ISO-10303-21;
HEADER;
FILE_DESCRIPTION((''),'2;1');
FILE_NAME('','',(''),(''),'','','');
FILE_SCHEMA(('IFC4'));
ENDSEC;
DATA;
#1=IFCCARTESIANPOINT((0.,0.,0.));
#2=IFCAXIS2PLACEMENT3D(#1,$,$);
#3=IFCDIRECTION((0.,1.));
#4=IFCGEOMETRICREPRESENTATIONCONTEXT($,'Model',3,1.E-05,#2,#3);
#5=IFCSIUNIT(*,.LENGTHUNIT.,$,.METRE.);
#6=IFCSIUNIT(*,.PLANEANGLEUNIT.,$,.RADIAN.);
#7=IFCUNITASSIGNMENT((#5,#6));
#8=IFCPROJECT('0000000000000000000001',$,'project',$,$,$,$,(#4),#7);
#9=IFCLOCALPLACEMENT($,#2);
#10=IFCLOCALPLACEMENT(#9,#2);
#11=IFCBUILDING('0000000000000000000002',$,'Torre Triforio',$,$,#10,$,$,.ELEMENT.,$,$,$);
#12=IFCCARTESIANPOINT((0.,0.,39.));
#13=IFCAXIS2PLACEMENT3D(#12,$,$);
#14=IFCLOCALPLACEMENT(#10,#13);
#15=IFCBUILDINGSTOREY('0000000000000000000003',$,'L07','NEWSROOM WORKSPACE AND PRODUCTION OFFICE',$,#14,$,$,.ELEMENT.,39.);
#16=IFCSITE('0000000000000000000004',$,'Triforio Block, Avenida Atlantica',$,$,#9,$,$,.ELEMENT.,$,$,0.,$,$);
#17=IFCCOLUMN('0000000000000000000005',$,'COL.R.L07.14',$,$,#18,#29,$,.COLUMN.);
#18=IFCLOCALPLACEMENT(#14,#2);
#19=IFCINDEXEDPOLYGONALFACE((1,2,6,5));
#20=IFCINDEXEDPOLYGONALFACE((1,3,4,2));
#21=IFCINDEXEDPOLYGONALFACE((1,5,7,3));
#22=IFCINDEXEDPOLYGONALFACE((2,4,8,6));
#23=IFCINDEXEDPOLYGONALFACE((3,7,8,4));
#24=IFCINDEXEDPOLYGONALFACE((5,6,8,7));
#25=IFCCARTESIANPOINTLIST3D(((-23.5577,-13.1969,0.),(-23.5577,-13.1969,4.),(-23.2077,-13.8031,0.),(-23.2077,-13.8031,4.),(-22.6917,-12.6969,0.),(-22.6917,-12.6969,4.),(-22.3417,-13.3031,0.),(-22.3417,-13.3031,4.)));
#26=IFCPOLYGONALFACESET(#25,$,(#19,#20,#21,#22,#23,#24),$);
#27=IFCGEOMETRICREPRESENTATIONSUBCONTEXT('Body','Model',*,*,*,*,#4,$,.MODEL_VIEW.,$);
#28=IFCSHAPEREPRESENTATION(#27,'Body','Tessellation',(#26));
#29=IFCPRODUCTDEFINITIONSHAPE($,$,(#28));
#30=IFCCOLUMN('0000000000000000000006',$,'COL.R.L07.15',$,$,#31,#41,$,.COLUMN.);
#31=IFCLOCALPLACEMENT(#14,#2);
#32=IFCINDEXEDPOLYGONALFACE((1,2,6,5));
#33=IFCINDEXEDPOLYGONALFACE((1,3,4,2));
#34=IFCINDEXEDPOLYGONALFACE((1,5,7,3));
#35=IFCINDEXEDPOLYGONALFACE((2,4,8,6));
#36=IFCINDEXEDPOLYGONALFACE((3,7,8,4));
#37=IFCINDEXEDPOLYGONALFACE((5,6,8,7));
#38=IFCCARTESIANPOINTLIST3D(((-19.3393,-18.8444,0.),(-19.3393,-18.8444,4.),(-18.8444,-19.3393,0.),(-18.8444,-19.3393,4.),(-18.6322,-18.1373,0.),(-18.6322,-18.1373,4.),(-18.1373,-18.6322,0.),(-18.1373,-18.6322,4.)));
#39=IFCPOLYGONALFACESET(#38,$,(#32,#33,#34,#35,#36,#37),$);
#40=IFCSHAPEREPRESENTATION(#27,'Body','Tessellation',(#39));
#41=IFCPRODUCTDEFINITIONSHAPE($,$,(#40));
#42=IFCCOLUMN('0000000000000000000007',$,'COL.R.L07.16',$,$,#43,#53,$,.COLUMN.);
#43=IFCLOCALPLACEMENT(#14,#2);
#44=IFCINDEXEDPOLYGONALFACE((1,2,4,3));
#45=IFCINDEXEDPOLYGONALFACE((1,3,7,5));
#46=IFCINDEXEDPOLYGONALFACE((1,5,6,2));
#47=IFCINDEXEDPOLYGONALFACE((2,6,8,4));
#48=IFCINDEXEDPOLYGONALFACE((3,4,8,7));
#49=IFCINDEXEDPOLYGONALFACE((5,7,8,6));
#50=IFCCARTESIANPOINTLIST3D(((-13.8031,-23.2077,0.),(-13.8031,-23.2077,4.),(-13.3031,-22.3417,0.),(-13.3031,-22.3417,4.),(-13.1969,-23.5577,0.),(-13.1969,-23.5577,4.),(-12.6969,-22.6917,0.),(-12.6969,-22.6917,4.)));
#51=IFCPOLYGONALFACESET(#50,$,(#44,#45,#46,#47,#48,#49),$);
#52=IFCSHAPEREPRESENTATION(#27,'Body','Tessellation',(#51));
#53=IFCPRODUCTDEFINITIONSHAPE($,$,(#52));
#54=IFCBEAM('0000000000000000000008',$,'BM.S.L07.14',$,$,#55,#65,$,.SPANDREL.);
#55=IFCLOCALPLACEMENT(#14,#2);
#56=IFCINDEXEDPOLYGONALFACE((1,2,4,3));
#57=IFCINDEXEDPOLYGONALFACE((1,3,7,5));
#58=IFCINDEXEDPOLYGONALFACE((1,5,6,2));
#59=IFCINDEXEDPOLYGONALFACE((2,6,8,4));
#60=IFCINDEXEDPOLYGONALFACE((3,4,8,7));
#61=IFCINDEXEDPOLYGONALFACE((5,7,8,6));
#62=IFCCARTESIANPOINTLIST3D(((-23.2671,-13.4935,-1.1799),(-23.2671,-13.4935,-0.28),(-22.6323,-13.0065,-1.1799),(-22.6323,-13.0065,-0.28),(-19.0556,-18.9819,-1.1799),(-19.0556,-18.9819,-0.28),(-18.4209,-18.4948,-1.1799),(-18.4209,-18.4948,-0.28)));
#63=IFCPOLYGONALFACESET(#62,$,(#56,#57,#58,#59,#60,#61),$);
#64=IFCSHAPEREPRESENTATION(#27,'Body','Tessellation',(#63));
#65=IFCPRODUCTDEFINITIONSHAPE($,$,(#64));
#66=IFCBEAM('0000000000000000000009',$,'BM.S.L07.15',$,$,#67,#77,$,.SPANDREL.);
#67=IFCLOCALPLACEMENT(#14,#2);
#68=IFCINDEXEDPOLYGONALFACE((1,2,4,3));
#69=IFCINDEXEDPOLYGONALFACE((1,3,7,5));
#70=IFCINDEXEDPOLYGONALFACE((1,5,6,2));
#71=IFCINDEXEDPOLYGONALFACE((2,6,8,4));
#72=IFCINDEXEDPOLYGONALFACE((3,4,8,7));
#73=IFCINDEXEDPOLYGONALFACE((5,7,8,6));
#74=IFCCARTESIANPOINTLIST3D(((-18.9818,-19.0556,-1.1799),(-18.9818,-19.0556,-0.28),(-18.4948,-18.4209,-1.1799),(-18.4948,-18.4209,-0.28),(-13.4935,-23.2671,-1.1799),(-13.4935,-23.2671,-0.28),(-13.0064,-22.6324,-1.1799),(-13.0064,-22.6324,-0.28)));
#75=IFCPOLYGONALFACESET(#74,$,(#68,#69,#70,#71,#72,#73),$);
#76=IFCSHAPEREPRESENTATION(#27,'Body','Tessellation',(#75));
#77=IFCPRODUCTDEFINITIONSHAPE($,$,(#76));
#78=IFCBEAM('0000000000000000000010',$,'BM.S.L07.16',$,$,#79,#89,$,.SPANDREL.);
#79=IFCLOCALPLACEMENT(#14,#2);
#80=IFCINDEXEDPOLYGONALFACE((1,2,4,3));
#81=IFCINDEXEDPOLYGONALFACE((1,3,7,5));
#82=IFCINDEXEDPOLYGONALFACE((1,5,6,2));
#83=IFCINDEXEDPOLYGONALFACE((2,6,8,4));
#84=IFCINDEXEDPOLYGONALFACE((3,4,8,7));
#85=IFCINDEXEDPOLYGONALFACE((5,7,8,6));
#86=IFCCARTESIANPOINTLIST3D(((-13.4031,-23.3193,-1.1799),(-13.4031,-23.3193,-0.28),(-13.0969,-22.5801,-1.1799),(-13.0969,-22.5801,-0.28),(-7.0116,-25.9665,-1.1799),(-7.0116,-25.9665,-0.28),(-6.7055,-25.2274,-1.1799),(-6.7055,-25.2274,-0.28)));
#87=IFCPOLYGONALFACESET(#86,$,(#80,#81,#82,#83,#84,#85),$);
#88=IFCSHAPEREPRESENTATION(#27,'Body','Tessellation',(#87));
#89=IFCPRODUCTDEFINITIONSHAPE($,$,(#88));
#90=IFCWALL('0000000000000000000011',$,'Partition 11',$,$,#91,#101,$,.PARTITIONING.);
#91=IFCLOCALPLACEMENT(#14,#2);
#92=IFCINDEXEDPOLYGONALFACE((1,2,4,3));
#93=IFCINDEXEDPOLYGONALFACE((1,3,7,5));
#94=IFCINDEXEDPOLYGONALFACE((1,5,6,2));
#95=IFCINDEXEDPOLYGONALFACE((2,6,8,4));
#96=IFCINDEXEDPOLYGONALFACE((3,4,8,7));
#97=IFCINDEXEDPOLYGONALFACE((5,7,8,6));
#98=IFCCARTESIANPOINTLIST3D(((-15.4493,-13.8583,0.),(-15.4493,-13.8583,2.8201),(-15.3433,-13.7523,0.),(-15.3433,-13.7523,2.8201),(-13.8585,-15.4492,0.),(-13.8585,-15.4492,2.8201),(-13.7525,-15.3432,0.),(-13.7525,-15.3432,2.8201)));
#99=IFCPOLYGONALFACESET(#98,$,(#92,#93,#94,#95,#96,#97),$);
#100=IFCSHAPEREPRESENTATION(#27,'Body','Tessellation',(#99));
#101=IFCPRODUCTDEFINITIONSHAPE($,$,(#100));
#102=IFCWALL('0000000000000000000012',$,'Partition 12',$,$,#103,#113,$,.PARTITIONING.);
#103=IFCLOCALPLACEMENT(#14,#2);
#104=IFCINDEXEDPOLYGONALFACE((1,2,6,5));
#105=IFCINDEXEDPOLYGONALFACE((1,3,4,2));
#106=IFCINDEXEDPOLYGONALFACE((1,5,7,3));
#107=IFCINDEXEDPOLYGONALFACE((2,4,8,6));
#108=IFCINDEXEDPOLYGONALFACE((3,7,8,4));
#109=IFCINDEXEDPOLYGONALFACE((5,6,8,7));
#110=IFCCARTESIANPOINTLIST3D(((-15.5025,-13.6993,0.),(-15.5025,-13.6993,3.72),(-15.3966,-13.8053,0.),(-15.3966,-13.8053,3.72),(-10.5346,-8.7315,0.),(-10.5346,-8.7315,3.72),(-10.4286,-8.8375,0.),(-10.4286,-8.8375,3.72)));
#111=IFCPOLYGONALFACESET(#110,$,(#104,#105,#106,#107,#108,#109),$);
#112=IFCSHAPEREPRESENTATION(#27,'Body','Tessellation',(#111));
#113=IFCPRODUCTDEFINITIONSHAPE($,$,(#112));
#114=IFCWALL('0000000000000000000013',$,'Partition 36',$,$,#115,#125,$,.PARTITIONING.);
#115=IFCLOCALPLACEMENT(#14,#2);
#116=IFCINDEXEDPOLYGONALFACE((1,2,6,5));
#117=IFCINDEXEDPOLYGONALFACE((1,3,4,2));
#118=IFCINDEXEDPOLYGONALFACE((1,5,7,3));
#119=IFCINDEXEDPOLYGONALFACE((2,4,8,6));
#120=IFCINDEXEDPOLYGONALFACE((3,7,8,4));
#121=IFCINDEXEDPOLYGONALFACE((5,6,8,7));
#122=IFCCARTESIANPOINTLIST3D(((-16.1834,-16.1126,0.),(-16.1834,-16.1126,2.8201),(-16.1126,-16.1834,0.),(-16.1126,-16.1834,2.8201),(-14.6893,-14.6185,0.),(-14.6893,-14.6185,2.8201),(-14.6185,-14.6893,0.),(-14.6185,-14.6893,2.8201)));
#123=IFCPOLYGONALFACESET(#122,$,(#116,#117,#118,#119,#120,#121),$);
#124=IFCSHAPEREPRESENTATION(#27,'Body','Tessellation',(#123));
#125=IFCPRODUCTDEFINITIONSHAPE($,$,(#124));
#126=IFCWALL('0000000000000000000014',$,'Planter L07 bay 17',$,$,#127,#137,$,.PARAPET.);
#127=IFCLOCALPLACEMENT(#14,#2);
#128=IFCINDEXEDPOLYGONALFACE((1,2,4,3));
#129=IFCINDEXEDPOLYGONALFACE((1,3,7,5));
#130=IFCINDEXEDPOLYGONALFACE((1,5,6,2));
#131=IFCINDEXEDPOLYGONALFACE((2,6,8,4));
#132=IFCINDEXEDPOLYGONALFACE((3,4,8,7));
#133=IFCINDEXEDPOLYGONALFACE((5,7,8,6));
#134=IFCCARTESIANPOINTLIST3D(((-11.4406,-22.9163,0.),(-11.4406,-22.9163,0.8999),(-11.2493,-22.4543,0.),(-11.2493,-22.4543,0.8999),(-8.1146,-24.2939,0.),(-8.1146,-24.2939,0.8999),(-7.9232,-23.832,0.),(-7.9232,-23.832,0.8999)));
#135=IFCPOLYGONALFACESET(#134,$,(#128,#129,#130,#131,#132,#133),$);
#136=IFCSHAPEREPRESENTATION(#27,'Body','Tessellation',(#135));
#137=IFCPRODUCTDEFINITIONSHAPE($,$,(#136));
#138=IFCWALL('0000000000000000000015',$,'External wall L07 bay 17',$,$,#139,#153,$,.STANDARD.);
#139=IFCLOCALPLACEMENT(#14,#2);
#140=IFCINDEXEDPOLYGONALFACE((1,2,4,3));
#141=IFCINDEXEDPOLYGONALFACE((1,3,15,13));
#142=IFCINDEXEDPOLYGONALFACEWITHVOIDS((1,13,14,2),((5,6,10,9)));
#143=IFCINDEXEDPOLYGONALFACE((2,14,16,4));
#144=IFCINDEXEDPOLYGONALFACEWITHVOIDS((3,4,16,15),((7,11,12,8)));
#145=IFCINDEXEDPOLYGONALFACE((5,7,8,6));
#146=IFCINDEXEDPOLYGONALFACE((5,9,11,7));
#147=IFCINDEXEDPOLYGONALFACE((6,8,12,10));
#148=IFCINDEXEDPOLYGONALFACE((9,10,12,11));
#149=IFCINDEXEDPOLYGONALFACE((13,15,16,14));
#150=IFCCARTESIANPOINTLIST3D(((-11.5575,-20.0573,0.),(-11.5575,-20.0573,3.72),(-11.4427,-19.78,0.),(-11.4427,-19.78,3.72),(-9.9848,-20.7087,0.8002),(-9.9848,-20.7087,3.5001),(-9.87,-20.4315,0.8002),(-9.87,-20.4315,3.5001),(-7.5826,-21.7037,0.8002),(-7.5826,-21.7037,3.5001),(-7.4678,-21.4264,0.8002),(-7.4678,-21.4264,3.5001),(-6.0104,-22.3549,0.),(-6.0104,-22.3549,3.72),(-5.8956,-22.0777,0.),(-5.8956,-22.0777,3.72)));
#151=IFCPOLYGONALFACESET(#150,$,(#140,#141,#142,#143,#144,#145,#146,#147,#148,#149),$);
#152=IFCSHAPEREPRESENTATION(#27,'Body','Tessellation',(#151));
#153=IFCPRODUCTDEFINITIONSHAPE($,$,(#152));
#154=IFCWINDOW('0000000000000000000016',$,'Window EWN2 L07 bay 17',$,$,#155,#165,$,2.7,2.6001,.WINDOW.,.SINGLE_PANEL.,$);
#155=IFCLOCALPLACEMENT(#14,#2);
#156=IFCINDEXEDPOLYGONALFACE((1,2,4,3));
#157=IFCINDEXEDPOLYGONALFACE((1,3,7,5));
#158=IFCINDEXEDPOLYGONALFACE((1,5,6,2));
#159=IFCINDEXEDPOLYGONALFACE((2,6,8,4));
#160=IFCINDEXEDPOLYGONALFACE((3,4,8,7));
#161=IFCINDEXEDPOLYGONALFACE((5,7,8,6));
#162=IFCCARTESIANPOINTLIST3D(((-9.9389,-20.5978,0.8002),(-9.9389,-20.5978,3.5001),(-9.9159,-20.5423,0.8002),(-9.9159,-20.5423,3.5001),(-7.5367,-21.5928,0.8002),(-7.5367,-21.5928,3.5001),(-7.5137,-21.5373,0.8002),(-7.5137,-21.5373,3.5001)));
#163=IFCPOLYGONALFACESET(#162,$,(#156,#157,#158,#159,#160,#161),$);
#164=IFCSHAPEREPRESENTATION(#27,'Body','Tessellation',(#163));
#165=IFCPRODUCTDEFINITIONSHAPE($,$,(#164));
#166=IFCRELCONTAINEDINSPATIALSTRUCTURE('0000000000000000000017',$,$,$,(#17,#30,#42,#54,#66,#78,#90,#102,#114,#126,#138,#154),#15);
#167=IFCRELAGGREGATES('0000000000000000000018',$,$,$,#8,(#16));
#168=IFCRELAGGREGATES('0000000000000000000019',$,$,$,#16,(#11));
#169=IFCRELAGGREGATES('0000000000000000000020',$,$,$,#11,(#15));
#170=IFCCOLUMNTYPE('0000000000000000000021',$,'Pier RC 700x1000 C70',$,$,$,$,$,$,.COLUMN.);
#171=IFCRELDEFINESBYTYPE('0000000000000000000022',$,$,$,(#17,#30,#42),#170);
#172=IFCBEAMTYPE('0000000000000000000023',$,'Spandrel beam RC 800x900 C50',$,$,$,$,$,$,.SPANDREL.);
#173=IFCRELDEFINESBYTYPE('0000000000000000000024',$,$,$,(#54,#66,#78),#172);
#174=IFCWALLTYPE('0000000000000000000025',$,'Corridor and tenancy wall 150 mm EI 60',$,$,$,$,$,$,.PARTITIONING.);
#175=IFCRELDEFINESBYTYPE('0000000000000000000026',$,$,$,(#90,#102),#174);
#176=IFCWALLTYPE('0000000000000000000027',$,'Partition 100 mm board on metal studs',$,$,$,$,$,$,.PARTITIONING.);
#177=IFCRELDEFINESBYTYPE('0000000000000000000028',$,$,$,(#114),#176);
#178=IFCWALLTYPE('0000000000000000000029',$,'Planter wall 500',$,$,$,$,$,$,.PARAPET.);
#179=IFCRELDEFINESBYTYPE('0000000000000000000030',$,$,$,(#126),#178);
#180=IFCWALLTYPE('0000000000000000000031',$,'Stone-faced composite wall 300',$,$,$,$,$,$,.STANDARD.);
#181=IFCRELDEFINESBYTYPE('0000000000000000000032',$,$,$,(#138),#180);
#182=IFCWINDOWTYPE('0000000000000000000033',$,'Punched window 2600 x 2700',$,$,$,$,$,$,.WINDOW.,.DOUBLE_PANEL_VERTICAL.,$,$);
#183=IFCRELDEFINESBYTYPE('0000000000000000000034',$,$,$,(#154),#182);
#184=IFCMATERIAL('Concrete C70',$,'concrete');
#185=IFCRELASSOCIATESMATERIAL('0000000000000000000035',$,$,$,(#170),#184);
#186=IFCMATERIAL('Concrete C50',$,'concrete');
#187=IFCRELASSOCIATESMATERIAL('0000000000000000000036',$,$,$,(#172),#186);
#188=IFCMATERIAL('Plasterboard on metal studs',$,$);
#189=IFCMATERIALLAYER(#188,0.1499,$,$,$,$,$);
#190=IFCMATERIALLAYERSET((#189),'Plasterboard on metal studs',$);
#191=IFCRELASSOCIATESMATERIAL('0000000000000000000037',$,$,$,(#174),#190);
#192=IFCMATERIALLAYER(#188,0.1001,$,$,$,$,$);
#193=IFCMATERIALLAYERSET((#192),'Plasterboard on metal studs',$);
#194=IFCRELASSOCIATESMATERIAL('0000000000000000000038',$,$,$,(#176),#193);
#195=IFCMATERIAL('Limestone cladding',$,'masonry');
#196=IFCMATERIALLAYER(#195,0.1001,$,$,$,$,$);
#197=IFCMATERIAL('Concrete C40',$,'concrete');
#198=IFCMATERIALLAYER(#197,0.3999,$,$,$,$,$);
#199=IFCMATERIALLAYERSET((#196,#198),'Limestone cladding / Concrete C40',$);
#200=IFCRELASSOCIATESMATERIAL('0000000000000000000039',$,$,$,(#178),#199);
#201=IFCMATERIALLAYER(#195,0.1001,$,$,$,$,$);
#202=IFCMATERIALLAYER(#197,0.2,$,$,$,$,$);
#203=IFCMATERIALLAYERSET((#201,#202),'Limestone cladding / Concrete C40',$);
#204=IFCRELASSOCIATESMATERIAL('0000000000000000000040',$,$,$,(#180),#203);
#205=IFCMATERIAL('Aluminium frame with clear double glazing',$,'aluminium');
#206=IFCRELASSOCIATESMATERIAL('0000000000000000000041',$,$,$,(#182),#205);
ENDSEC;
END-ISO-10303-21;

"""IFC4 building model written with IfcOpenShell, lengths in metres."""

from ifc_helpers import new_model, si_unit, direction, frame, frame_2d, origin, origin_2d, place, context, subcontext, project, spatial, rectangle, extrude, material, layer, layer_set, material_profile, profile_set, type_object, element, fill, save


model = new_model("IFC4")

# Units and contexts
model_context = context("Model", 3, precision=1e-05, world=origin(), true_north=direction((0.0, 1.0)))
body_context = subcontext(model_context, "Body", "Model", "MODEL_VIEW")
ifc_project = project(units=[si_unit("LENGTHUNIT", "METRE"), si_unit("PLANEANGLEUNIT", "RADIAN")], contexts=[model_context])

# Site, building, storey
site_placement = place(None, origin())
site = spatial("IfcSite", under=ifc_project, at=site_placement, Name="Triforio Block, Avenida Atlantica", CompositionType="ELEMENT", RefElevation=0.0)
building_placement = place(site_placement, origin())
building = spatial("IfcBuilding", under=site, at=building_placement, Name="Torre Triforio", CompositionType="ELEMENT")
storey_placement = place(building_placement, frame((0.0, 0.0, 39.0)))
storey = spatial("IfcBuildingStorey", under=building, at=storey_placement, Name="L07", Description="NEWSROOM WORKSPACE AND PRODUCTION OFFICE", CompositionType="ELEMENT", Elevation=39.0)

# Columns
ifc_material_1 = material(Name="Concrete C70", Category="concrete")
ifc_material_profile_1 = material_profile(ifc_material_1, rectangle(XDim=0.7, YDim=1.0, at=origin_2d()), Name="RC 700x1000")
ifc_profile_set_1 = profile_set([ifc_material_profile_1], Name="Concrete C70")
column_type = type_object("IfcColumnType", Name="Pier RC 700x1000 C70", PredefinedType="COLUMN", material=ifc_profile_set_1)
for number, where, z_axis, x_axis, name in (
    (1, (-22.9497, -13.25, 0.0), (0.0, 0.0, 1.0), (0.5, -0.866025, 0.0), "COL.R.L07.14"),
    (2, (-18.7383, -18.7383, 0.0), (0.0, 0.0, 1.0), (0.707107, -0.707107, 0.0), "COL.R.L07.15"),
    (3, (-13.25, -22.9497, 0.0), (0.0, 0.0, 1.0), (0.866025, -0.5, 0.0), "COL.R.L07.16"),
):
    element("IfcColumn", number, at=place(storey_placement, frame(where, z_axis=z_axis, x_axis=x_axis)), inside=storey, type_object=column_type, Name=name, PredefinedType="COLUMN", context=body_context, shape_type="SweptSolid", body=[
        extrude(rectangle(XDim=0.7, YDim=1.0, at=origin_2d()), origin(), (0.0, 0.0, 1.0), 4.0),
    ])

# Beams
ifc_material_2 = material(Name="Concrete C50", Category="concrete")
ifc_material_profile_2 = material_profile(ifc_material_2, rectangle(XDim=0.8, YDim=0.8999, at=origin_2d()), Name="RC 800x900")
ifc_profile_set_2 = profile_set([ifc_material_profile_2], Name="Concrete C50")
beam_type = type_object("IfcBeamType", Name="Spandrel beam RC 800x900 C50", PredefinedType="SPANDREL", material=ifc_profile_set_2)
for number, where, z_axis, x_axis, name in (
    (4, (-22.9497, -13.25, -0.73), (0.608772, -0.793345, 0.0), (0.793345, 0.608772, 0.0), "BM.S.L07.14"),
    (5, (-18.7383, -18.7383, -0.73), (0.793345, -0.608772, 0.0), (0.608772, 0.793345, 0.0), "BM.S.L07.15"),
    (6, (-13.25, -22.9497, -0.73), (0.923888, -0.382662, 0.0), (0.382662, 0.923888, 0.0), "BM.S.L07.16"),
):
    element("IfcBeam", number, at=place(storey_placement, frame(where, z_axis=z_axis, x_axis=x_axis)), inside=storey, type_object=beam_type, Name=name, PredefinedType="SPANDREL", context=body_context, shape_type="SweptSolid", body=[
        extrude(rectangle(XDim=0.8, YDim=0.8999, at=origin_2d()), origin(), (0.0, 0.0, 1.0), 6.918),
    ])

# Walls
ifc_material_3 = material(Name="Plasterboard on metal studs")
ifc_layer_1 = layer(ifc_material_3, 0.1499)
ifc_layer_set_1 = layer_set([ifc_layer_1], Name="Plasterboard on metal studs")
wall_type_1 = type_object("IfcWallType", Name="Corridor and tenancy wall 150 mm EI 60", PredefinedType="PARTITIONING", material=ifc_layer_set_1)
wall_1_placement = place(storey_placement, frame((-13.8054, -15.3962, 0.0), z_axis=(0.0, 0.0, 1.0), x_axis=(-0.707107, 0.707107, 0.0)))
element("IfcWall", 7, at=wall_1_placement, inside=storey, type_object=wall_type_1, Name="Partition 11", PredefinedType="PARTITIONING", context=body_context, shape_type="SweptSolid", body=[
    extrude(rectangle(XDim=2.2498, YDim=0.1499, at=frame_2d((1.125, 0.0))), origin(), (0.0, 0.0, 1.0), 2.8201),
])
wall_2_placement = place(storey_placement, frame((-15.4495, -13.7522, 0.0), z_axis=(0.0, 0.0, 1.0), x_axis=(0.707124, 0.707089, 0.0)))
element("IfcWall", 8, at=wall_2_placement, inside=storey, type_object=wall_type_1, Name="Partition 12", PredefinedType="PARTITIONING", context=body_context, shape_type="SweptSolid", body=[
    extrude(rectangle(XDim=7.0256, YDim=0.1499, at=frame_2d((3.5127, 0.0))), origin(), (0.0, 0.0, 1.0), 3.72),
])
ifc_layer_2 = layer(ifc_material_3, 0.1001)
ifc_layer_set_2 = layer_set([ifc_layer_2], Name="Plasterboard on metal studs")
wall_type_2 = type_object("IfcWallType", Name="Partition 100 mm board on metal studs", PredefinedType="PARTITIONING", material=ifc_layer_set_2)
wall_3_placement = place(storey_placement, frame((-14.6538, -14.6538, 0.0), z_axis=(0.0, 0.0, 1.0), x_axis=(-0.707107, -0.707107, 0.0)))
element("IfcWall", 9, at=wall_3_placement, inside=storey, type_object=wall_type_2, Name="Partition 36", PredefinedType="PARTITIONING", context=body_context, shape_type="SweptSolid", body=[
    extrude(rectangle(XDim=2.113, YDim=0.1001, at=frame_2d((1.0566, 0.0))), origin(), (0.0, 0.0, 1.0), 2.8201),
])
ifc_material_4 = material(Name="Limestone cladding", Category="masonry")
ifc_layer_3 = layer(ifc_material_4, 0.1001)
ifc_material_5 = material(Name="Concrete C40", Category="concrete")
ifc_layer_4 = layer(ifc_material_5, 0.3999)
ifc_layer_set_3 = layer_set([ifc_layer_3, ifc_layer_4], Name="Limestone cladding / Concrete C40")
wall_type_3 = type_object("IfcWallType", Name="Planter wall 500", PredefinedType="PARAPET", material=ifc_layer_set_3)
wall_4_placement = place(storey_placement, frame((-11.345, -22.6853, 0.0), z_axis=(0.0, 0.0, 1.0), x_axis=(0.923885, -0.382669, 0.0)))
element("IfcWall", 10, at=wall_4_placement, inside=storey, type_object=wall_type_3, Name="Planter L07 bay 17", PredefinedType="PARAPET", context=body_context, shape_type="SweptSolid", body=[
    extrude(rectangle(XDim=3.6001, YDim=0.5, at=frame_2d((1.8, 0.0))), origin(), (0.0, 0.0, 1.0), 0.8999),
])

# Shared definitions
ifc_layer_5 = layer(ifc_material_4, 0.1001)
ifc_layer_6 = layer(ifc_material_5, 0.2)
ifc_layer_set_4 = layer_set([ifc_layer_5, ifc_layer_6], Name="Limestone cladding / Concrete C40")
wall_type_4 = type_object("IfcWallType", Name="Stone-faced composite wall 300", PredefinedType="STANDARD", material=ifc_layer_set_4)
ifc_material_6 = material(Name="Aluminium frame with clear double glazing", Category="aluminium")

# Wall, opening, window
wall_5_placement = place(storey_placement, frame((-11.5, -19.9187, 0.0), z_axis=(0.0, 0.0, 1.0), x_axis=(0.923885, -0.382671, 0.0)))
wall_5 = element("IfcWall", 11, at=wall_5_placement, inside=storey, type_object=wall_type_4, Name="External wall L07 bay 17", PredefinedType="STANDARD", context=body_context, shape_type="SweptSolid", body=[
    extrude(rectangle(XDim=6.0042, YDim=0.3, at=frame_2d((3.002, 0.0))), origin(), (0.0, 0.0, 1.0), 3.72),
])
opening_1_placement = place(wall_5_placement, frame((1.7021, 0.0, 0.8)))
opening_1 = element("IfcOpeningElement", 12, at=opening_1_placement, cuts=wall_5, PredefinedType="OPENING", context=body_context, shape_type="SweptSolid", body=[
    extrude(rectangle(XDim=2.6001, YDim=2.7, at=frame_2d((1.3, 1.3501))), frame((0.0, 0.1599, 0.0), z_axis=(0.0, -1.0, 0.0), x_axis=(1.0, 0.0, 0.0)), (0.0, 0.0, 1.0), 0.3201),
])
window_type_1 = type_object("IfcWindowType", Name="Punched window 2600 x 2700", PartitioningType="DOUBLE_PANEL_VERTICAL", PredefinedType="WINDOW", material=ifc_material_6)
window_1_placement = place(opening_1_placement, origin())
window_1 = element("IfcWindow", 13, at=window_1_placement, inside=storey, type_object=window_type_1, Name="Window EWN2 L07 bay 17", OverallHeight=2.7, OverallWidth=2.6001, PartitioningType="SINGLE_PANEL", PredefinedType="WINDOW", context=body_context, shape_type="SweptSolid", body=[
    extrude(rectangle(XDim=2.6001, YDim=2.7, at=frame_2d((1.3, 1.3501))), frame((0.0, 0.03, 0.0), z_axis=(0.0, -1.0, 0.0), x_axis=(1.0, 0.0, 0.0)), (0.0, 0.0, 1.0), 0.0601),
])
fill(opening_1, window_1)

save(model, "model.ifc")
